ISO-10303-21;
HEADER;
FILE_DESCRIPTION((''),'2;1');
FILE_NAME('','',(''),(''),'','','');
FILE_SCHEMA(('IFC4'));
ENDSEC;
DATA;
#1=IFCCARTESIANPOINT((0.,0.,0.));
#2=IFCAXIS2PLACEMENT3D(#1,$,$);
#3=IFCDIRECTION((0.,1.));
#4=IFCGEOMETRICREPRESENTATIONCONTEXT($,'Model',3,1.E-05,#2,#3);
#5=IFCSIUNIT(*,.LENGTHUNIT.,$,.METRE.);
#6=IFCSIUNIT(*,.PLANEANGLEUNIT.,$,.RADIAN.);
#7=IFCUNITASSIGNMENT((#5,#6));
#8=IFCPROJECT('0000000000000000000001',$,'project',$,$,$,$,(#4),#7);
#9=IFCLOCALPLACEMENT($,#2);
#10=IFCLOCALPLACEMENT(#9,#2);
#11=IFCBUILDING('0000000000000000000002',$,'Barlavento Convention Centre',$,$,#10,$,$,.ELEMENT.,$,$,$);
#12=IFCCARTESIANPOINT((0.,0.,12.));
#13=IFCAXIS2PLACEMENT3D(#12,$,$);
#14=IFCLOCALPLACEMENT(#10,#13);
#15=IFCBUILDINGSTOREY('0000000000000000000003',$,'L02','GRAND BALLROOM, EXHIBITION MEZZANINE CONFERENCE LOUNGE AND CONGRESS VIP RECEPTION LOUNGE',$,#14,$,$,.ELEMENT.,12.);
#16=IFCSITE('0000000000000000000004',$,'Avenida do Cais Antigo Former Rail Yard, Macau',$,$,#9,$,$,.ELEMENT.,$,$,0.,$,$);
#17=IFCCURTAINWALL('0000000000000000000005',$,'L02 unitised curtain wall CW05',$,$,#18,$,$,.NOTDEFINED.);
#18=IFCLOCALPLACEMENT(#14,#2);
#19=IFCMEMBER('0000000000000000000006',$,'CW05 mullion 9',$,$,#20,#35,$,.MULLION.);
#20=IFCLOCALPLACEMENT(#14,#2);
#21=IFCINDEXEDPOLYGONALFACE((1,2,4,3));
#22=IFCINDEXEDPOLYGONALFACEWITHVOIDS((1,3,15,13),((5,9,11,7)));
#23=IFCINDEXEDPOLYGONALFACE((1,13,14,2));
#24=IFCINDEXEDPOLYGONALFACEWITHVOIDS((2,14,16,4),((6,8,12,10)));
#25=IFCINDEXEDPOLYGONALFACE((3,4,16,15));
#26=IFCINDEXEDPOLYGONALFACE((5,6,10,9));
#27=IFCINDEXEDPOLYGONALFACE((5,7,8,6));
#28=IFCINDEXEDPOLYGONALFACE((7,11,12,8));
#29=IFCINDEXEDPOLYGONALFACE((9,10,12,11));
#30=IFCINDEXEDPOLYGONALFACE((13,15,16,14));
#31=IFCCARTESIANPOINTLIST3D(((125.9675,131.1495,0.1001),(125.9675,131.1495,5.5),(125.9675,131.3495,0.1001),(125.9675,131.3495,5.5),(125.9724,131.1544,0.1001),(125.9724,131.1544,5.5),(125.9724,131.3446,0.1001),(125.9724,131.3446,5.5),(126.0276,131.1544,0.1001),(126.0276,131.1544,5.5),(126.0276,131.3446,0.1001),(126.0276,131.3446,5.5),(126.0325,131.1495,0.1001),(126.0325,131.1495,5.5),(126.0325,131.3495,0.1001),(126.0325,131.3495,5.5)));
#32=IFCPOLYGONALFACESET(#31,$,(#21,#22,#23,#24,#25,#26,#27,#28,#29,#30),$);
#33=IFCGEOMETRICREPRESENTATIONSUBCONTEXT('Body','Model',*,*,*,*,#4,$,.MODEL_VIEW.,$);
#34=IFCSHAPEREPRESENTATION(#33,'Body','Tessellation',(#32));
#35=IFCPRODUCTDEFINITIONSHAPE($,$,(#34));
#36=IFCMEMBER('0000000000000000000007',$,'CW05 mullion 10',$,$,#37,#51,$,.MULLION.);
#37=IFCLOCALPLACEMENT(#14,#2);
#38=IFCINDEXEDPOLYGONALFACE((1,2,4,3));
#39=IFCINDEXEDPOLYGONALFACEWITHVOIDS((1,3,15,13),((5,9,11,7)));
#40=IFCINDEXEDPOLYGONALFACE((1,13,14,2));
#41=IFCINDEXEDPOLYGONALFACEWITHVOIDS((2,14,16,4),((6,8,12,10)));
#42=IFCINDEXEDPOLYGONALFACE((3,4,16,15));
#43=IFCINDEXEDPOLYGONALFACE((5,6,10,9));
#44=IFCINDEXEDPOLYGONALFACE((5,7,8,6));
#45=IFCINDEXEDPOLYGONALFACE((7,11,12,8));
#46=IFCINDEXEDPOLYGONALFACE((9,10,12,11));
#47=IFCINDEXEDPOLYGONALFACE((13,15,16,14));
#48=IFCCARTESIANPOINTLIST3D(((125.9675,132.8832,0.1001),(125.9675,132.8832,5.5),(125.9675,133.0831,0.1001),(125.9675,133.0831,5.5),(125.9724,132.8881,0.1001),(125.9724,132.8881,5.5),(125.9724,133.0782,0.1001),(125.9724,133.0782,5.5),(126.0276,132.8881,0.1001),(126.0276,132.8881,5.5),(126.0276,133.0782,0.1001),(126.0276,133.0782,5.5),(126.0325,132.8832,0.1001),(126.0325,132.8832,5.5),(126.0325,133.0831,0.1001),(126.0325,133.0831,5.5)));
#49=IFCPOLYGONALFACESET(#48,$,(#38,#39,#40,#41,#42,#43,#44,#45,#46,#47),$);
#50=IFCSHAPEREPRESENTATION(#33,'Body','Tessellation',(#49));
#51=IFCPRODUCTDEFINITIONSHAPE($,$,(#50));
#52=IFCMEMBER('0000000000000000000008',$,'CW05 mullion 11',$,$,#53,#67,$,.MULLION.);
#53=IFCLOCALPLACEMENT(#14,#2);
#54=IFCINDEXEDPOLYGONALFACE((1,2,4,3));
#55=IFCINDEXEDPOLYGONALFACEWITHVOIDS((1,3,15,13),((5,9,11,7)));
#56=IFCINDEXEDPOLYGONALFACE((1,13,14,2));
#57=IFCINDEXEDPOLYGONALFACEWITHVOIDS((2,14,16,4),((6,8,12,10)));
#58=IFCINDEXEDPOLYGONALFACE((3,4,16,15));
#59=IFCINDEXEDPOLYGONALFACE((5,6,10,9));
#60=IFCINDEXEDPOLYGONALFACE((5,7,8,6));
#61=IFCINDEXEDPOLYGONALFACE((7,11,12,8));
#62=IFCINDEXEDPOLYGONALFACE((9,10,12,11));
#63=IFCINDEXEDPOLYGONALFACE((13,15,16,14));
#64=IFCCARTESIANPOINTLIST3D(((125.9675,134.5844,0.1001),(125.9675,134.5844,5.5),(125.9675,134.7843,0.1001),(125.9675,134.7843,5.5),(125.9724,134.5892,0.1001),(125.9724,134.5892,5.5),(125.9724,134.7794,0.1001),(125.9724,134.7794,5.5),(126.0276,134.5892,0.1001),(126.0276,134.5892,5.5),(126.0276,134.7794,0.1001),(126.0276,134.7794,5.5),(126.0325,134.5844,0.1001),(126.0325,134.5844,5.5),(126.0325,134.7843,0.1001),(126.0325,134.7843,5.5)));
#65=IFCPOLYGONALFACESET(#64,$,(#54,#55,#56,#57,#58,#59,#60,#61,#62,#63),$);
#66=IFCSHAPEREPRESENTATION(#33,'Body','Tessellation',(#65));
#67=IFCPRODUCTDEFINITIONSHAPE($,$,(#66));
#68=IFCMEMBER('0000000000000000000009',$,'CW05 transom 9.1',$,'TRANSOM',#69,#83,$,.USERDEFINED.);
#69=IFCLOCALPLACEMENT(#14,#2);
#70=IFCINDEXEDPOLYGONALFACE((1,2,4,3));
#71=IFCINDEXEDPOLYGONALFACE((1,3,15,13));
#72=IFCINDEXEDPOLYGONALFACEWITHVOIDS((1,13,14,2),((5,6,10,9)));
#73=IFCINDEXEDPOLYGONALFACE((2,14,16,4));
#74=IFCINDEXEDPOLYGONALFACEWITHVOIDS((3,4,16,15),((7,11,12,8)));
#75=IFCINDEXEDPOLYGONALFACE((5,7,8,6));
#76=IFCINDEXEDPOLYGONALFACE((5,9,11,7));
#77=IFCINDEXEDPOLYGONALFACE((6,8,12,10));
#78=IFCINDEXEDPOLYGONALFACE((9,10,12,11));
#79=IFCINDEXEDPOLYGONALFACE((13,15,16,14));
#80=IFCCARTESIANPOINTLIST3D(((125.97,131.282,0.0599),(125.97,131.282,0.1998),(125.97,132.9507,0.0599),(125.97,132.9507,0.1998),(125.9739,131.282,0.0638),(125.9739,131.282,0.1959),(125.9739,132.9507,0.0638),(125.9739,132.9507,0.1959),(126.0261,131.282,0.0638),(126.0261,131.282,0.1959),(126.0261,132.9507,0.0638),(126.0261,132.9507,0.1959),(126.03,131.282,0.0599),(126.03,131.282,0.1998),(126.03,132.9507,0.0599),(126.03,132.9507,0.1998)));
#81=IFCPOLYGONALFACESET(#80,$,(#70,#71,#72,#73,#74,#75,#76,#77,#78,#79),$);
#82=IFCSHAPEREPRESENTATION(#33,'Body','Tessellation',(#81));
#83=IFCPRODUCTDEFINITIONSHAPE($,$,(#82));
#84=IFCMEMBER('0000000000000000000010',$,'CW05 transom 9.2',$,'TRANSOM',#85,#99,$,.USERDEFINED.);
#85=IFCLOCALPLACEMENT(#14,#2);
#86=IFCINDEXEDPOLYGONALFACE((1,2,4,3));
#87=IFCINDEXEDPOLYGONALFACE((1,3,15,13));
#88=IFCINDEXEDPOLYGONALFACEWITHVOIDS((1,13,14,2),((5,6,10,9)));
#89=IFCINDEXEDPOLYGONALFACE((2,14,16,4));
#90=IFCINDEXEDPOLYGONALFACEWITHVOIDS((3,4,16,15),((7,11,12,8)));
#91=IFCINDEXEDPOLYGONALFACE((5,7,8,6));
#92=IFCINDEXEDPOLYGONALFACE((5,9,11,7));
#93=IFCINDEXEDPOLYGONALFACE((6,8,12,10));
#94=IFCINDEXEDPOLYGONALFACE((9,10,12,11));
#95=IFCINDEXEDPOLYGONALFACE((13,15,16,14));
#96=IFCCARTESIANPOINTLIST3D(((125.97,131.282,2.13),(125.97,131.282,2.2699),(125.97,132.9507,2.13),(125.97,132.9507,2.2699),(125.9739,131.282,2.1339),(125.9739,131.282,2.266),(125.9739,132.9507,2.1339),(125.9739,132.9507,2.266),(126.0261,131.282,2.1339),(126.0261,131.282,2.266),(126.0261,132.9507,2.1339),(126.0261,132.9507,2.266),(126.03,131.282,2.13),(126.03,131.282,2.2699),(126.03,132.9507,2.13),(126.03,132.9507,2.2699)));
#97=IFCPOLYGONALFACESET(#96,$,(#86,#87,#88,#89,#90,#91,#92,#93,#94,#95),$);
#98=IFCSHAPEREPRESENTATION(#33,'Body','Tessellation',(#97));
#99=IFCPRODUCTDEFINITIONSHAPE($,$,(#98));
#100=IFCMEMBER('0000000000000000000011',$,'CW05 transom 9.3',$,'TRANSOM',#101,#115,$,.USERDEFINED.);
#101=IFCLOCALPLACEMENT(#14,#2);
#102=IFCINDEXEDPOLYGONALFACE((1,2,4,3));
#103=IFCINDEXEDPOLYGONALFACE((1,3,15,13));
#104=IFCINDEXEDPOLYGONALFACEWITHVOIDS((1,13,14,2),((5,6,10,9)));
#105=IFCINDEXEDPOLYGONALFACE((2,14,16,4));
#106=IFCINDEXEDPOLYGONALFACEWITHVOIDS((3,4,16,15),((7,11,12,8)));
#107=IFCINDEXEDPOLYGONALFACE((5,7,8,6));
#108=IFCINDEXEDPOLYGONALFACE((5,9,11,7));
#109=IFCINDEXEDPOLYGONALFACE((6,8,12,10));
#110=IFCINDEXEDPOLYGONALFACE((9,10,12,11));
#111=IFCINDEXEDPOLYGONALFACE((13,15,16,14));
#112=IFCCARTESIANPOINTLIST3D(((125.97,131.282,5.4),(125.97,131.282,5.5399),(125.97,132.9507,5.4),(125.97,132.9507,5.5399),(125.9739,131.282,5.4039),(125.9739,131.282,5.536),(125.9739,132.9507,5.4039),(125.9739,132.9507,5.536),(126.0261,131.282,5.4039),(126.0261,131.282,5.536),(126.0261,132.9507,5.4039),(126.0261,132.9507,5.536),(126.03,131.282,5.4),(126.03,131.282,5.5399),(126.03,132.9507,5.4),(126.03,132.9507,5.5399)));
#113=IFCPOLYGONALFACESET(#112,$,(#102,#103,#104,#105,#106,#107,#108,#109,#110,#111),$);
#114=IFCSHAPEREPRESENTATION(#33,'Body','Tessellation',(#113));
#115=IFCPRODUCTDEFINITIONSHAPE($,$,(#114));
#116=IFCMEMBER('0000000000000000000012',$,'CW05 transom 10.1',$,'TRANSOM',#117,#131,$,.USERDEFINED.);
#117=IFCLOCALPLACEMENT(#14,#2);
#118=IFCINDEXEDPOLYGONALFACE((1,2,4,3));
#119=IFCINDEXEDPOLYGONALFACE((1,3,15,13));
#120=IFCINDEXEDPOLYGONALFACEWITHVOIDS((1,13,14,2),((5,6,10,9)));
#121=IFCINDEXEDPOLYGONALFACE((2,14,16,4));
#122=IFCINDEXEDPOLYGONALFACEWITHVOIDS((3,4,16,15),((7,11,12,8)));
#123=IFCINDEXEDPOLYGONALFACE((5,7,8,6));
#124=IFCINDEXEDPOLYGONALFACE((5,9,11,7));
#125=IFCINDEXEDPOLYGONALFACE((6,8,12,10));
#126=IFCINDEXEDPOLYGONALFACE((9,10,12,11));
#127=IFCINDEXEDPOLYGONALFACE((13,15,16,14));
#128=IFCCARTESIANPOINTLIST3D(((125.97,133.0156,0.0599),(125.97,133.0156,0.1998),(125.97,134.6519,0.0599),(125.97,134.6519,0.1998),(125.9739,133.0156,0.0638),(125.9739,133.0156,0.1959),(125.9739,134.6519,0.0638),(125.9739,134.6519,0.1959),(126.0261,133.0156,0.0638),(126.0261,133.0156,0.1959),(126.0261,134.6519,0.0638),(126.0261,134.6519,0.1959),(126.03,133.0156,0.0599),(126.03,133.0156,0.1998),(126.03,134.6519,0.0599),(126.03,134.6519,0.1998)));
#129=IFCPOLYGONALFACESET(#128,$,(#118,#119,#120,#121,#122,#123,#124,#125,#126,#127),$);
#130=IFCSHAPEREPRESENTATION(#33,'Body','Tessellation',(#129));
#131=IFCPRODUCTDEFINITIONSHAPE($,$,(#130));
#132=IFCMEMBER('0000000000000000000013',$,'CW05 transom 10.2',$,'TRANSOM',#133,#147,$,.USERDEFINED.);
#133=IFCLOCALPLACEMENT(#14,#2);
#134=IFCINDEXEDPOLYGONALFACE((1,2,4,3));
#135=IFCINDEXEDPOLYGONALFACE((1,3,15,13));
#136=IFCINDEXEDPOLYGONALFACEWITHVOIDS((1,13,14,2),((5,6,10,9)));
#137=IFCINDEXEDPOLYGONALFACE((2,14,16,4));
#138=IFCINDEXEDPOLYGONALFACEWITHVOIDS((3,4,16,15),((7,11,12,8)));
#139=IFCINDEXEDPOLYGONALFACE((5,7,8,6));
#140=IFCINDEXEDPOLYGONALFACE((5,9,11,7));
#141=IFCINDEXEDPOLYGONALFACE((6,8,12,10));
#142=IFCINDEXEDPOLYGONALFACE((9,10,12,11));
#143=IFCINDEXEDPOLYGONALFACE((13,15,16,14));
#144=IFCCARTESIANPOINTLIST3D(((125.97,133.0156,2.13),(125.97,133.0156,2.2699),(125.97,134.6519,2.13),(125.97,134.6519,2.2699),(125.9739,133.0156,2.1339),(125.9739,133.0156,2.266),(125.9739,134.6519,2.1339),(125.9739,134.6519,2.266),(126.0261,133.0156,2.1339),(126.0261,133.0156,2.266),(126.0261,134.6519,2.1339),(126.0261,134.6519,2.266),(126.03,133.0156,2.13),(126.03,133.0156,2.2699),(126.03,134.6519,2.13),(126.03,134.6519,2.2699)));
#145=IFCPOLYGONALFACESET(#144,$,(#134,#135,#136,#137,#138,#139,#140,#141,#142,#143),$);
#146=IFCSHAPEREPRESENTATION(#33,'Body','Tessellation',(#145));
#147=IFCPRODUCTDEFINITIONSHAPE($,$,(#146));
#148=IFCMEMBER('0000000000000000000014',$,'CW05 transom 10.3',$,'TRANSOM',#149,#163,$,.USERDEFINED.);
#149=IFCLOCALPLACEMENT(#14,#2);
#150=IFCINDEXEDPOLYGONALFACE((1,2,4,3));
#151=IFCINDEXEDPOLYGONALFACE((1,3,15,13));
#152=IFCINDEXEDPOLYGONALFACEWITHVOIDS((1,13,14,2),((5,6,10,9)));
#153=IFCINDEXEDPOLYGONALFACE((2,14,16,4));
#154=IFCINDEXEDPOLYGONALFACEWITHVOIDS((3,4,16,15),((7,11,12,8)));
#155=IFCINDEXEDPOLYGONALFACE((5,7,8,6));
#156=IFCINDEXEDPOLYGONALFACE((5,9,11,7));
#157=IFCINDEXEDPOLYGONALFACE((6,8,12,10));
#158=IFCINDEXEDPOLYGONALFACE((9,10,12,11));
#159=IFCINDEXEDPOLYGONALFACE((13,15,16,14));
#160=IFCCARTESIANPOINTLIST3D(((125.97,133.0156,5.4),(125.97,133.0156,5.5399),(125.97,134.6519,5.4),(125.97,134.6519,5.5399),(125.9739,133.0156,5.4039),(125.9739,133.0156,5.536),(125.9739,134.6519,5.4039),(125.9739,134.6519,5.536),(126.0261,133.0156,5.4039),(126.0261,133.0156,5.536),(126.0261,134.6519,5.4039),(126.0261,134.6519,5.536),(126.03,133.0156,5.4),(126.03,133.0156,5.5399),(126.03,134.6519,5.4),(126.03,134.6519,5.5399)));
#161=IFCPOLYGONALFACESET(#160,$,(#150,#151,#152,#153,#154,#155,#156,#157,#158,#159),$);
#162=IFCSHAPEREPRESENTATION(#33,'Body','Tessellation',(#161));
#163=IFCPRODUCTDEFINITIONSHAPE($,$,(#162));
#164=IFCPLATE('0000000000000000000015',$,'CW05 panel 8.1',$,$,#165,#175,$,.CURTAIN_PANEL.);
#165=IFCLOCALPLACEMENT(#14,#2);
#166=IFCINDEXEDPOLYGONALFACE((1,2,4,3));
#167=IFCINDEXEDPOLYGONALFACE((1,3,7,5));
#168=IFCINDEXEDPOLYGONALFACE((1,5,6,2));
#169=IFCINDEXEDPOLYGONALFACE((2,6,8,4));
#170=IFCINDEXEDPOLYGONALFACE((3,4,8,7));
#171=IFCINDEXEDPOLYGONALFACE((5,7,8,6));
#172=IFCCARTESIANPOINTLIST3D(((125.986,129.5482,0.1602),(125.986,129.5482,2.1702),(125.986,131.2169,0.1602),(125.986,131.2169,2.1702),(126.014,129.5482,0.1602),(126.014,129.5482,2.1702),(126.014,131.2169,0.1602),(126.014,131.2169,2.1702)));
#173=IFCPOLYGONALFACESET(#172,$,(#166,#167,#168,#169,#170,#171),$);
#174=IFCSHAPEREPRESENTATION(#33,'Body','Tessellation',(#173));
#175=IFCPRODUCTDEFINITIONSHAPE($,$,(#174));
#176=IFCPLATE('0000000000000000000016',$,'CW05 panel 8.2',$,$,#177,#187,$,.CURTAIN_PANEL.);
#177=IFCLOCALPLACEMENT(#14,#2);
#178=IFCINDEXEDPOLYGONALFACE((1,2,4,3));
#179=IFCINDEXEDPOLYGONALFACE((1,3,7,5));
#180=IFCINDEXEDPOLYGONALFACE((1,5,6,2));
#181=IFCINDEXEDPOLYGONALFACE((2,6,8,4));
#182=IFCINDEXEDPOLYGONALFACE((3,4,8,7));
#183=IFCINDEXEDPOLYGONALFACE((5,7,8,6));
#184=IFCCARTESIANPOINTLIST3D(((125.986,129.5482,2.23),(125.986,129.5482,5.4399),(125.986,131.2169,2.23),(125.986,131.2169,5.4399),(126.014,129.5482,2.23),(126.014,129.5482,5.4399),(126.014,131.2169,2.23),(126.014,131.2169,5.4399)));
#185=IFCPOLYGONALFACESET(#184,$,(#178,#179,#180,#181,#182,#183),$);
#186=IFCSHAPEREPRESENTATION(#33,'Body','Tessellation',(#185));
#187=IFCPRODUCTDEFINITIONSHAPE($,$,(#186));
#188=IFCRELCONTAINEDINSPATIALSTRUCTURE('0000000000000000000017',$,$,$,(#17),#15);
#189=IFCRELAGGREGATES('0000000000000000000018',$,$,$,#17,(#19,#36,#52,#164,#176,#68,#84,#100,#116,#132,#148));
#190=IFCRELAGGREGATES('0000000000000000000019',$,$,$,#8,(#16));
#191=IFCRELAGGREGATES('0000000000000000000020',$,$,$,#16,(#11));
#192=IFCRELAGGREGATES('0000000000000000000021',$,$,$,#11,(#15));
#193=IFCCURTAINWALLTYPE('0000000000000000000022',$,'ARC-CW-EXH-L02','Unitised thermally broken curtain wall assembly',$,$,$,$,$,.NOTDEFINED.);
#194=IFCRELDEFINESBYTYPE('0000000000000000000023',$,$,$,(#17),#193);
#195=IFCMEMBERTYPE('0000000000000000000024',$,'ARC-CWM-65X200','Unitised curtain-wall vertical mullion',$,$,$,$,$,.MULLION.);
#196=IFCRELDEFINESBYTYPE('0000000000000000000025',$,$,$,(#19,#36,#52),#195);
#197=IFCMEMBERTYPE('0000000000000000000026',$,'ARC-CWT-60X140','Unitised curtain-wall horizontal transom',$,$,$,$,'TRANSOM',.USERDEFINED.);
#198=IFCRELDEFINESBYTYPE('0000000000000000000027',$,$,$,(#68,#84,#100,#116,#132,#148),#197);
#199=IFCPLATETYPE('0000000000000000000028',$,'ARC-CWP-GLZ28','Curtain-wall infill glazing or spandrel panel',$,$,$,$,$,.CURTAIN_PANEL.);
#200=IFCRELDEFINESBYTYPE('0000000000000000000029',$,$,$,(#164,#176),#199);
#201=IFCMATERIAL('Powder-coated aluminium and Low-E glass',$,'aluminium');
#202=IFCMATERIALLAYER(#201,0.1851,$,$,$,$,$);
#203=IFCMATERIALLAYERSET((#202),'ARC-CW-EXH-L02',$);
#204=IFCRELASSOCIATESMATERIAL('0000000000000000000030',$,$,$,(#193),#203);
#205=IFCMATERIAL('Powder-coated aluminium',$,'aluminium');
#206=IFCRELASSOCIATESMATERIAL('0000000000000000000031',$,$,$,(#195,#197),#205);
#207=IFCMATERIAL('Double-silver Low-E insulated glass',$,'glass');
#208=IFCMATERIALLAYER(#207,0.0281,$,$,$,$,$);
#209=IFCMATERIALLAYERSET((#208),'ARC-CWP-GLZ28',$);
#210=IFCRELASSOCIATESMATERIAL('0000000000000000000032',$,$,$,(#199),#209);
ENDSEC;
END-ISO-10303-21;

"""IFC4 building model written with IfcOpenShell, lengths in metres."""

from ifc_helpers import new_model, si_unit, direction, frame, origin, origin_2d, place, context, subcontext, project, spatial, rectangle, hollow_rectangle, extrude, material, layer, layer_set, material_profile, profile_set, type_object, element, aggregate, save


model = new_model("IFC4")

# Units and contexts
model_context = context("Model", 3, precision=1e-05, world=origin(), true_north=direction((0.0, 1.0)))
body_context = subcontext(model_context, "Body", "Model", "MODEL_VIEW")
ifc_project = project(units=[si_unit("LENGTHUNIT", "METRE"), si_unit("PLANEANGLEUNIT", "RADIAN")], contexts=[model_context])

# Site, building, storey
site_placement = place(None, origin())
site = spatial("IfcSite", under=ifc_project, at=site_placement, Name="Avenida do Cais Antigo Former Rail Yard, Macau", CompositionType="ELEMENT", RefElevation=0.0)
building_placement = place(site_placement, origin())
building = spatial("IfcBuilding", under=site, at=building_placement, Name="Barlavento Convention Centre", CompositionType="ELEMENT")
storey_placement = place(building_placement, frame((0.0, 0.0, 12.0)))
storey = spatial("IfcBuildingStorey", under=building, at=storey_placement, Name="L02", Description="GRAND BALLROOM, EXHIBITION MEZZANINE CONFERENCE LOUNGE AND CONGRESS VIP RECEPTION LOUNGE", CompositionType="ELEMENT", Elevation=12.0)

# Curtain wall, members, plates
ifc_material_1 = material(Name="Powder-coated aluminium and Low-E glass", Category="aluminium")
ifc_layer_1 = layer(ifc_material_1, 0.1851)
ifc_layer_set_1 = layer_set([ifc_layer_1], Name="ARC-CW-EXH-L02")
curtain_wall_type = type_object("IfcCurtainWallType", Name="ARC-CW-EXH-L02", Description="Unitised thermally broken curtain wall assembly", PredefinedType="NOTDEFINED", material=ifc_layer_set_1)
curtain_wall_placement = place(storey_placement, origin())
curtain_wall = element("IfcCurtainWall", 1, at=curtain_wall_placement, inside=storey, type_object=curtain_wall_type, Name="L02 unitised curtain wall CW05", PredefinedType="NOTDEFINED")
ifc_material_2 = material(Name="Powder-coated aluminium", Category="aluminium")
ifc_material_profile_1 = material_profile(ifc_material_2, hollow_rectangle(XDim=0.0649, YDim=0.2, WallThickness=0.0049, at=origin_2d()), Name="AL-MULL 65x200x5")
ifc_profile_set_1 = profile_set([ifc_material_profile_1], Name="Powder-coated aluminium")
member_type_1 = type_object("IfcMemberType", Name="ARC-CWM-65X200", Description="Unitised curtain-wall vertical mullion", PredefinedType="MULLION", material=ifc_profile_set_1)
member_1_placement = place(storey_placement, frame((126.0, 131.2495, 0.1001), z_axis=(0.0, 0.0, 1.0), x_axis=(-1.0, 0.0, 0.0)))
member_1 = element("IfcMember", 2, at=member_1_placement, type_object=member_type_1, Name="CW05 mullion 9", PredefinedType="MULLION", context=body_context, shape_type="SweptSolid", body=[
    extrude(hollow_rectangle(XDim=0.0649, YDim=0.2, WallThickness=0.0049, at=origin_2d()), origin(), (0.0, 0.0, 1.0), 5.3999),
])
member_2_placement = place(storey_placement, frame((126.0, 132.9832, 0.1001), z_axis=(0.0, 0.0, 1.0), x_axis=(-1.0, 0.0, 0.0)))
member_2 = element("IfcMember", 3, at=member_2_placement, type_object=member_type_1, Name="CW05 mullion 10", PredefinedType="MULLION", context=body_context, shape_type="SweptSolid", body=[
    extrude(hollow_rectangle(XDim=0.0649, YDim=0.2, WallThickness=0.0049, at=origin_2d()), origin(), (0.0, 0.0, 1.0), 5.3999),
])
member_3_placement = place(storey_placement, frame((126.0, 134.6843, 0.1001), z_axis=(0.0, 0.0, 1.0), x_axis=(-1.0, 0.0, 0.0)))
member_3 = element("IfcMember", 4, at=member_3_placement, type_object=member_type_1, Name="CW05 mullion 11", PredefinedType="MULLION", context=body_context, shape_type="SweptSolid", body=[
    extrude(hollow_rectangle(XDim=0.0649, YDim=0.2, WallThickness=0.0049, at=origin_2d()), origin(), (0.0, 0.0, 1.0), 5.3999),
])
ifc_material_profile_2 = material_profile(ifc_material_2, hollow_rectangle(XDim=0.0601, YDim=0.1399, WallThickness=0.0039, at=origin_2d()), Name="AL-TRAN 60x140x4")
ifc_profile_set_2 = profile_set([ifc_material_profile_2], Name="Powder-coated aluminium")
member_type_2 = type_object("IfcMemberType", Name="ARC-CWT-60X140", Description="Unitised curtain-wall horizontal transom", ElementType="TRANSOM", PredefinedType="USERDEFINED", material=ifc_profile_set_2)
member_4_placement = place(storey_placement, frame((126.0, 131.282, 0.1299), z_axis=(0.0, 1.0, 0.0), x_axis=(-1.0, 0.0, 0.0)))
member_4 = element("IfcMember", 5, at=member_4_placement, type_object=member_type_2, Name="CW05 transom 9.1", ObjectType="TRANSOM", PredefinedType="USERDEFINED", context=body_context, shape_type="SweptSolid", body=[
    extrude(hollow_rectangle(XDim=0.0601, YDim=0.1399, WallThickness=0.0039, at=origin_2d()), origin(), (0.0, 0.0, 1.0), 1.6687),
])
member_5_placement = place(storey_placement, frame((126.0, 131.282, 2.2), z_axis=(0.0, 1.0, 0.0), x_axis=(-1.0, 0.0, 0.0)))
member_5 = element("IfcMember", 6, at=member_5_placement, type_object=member_type_2, Name="CW05 transom 9.2", ObjectType="TRANSOM", PredefinedType="USERDEFINED", context=body_context, shape_type="SweptSolid", body=[
    extrude(hollow_rectangle(XDim=0.0601, YDim=0.1399, WallThickness=0.0039, at=origin_2d()), origin(), (0.0, 0.0, 1.0), 1.6687),
])
member_6_placement = place(storey_placement, frame((126.0, 131.282, 5.47), z_axis=(0.0, 1.0, 0.0), x_axis=(-1.0, 0.0, 0.0)))
member_6 = element("IfcMember", 7, at=member_6_placement, type_object=member_type_2, Name="CW05 transom 9.3", ObjectType="TRANSOM", PredefinedType="USERDEFINED", context=body_context, shape_type="SweptSolid", body=[
    extrude(hollow_rectangle(XDim=0.0601, YDim=0.1399, WallThickness=0.0039, at=origin_2d()), origin(), (0.0, 0.0, 1.0), 1.6687),
])
member_7_placement = place(storey_placement, frame((126.0, 133.0156, 0.1299), z_axis=(0.0, 1.0, 0.0), x_axis=(-1.0, 0.0, 0.0)))
member_7 = element("IfcMember", 8, at=member_7_placement, type_object=member_type_2, Name="CW05 transom 10.1", ObjectType="TRANSOM", PredefinedType="USERDEFINED", context=body_context, shape_type="SweptSolid", body=[
    extrude(hollow_rectangle(XDim=0.0601, YDim=0.1399, WallThickness=0.0039, at=origin_2d()), origin(), (0.0, 0.0, 1.0), 1.6362),
])
member_8_placement = place(storey_placement, frame((126.0, 133.0156, 2.2), z_axis=(0.0, 1.0, 0.0), x_axis=(-1.0, 0.0, 0.0)))
member_8 = element("IfcMember", 9, at=member_8_placement, type_object=member_type_2, Name="CW05 transom 10.2", ObjectType="TRANSOM", PredefinedType="USERDEFINED", context=body_context, shape_type="SweptSolid", body=[
    extrude(hollow_rectangle(XDim=0.0601, YDim=0.1399, WallThickness=0.0039, at=origin_2d()), origin(), (0.0, 0.0, 1.0), 1.6362),
])
member_9_placement = place(storey_placement, frame((126.0, 133.0156, 5.47), z_axis=(0.0, 1.0, 0.0), x_axis=(-1.0, 0.0, 0.0)))
member_9 = element("IfcMember", 10, at=member_9_placement, type_object=member_type_2, Name="CW05 transom 10.3", ObjectType="TRANSOM", PredefinedType="USERDEFINED", context=body_context, shape_type="SweptSolid", body=[
    extrude(hollow_rectangle(XDim=0.0601, YDim=0.1399, WallThickness=0.0039, at=origin_2d()), origin(), (0.0, 0.0, 1.0), 1.6362),
])
ifc_material_3 = material(Name="Double-silver Low-E insulated glass", Category="glass")
ifc_layer_2 = layer(ifc_material_3, 0.0281)
ifc_layer_set_2 = layer_set([ifc_layer_2], Name="ARC-CWP-GLZ28")
plate_type_1 = type_object("IfcPlateType", Name="ARC-CWP-GLZ28", Description="Curtain-wall infill glazing or spandrel panel", PredefinedType="CURTAIN_PANEL", material=ifc_layer_set_2)
plate_1_placement = place(storey_placement, frame((126.0, 130.3826, 0.1602), z_axis=(0.0, 0.0, 1.0), x_axis=(0.0, 1.0, 0.0)))
plate_1 = element("IfcPlate", 11, at=plate_1_placement, type_object=plate_type_1, Name="CW05 panel 8.1", PredefinedType="CURTAIN_PANEL", context=body_context, shape_type="SweptSolid", body=[
    extrude(rectangle(XDim=1.6687, YDim=0.0281, at=origin_2d()), origin(), (0.0, 0.0, 1.0), 2.01),
])
plate_2_placement = place(storey_placement, frame((126.0, 130.3826, 2.23), z_axis=(0.0, 0.0, 1.0), x_axis=(0.0, 1.0, 0.0)))
plate_2 = element("IfcPlate", 12, at=plate_2_placement, type_object=plate_type_1, Name="CW05 panel 8.2", PredefinedType="CURTAIN_PANEL", context=body_context, shape_type="SweptSolid", body=[
    extrude(rectangle(XDim=1.6687, YDim=0.0281, at=origin_2d()), origin(), (0.0, 0.0, 1.0), 3.21),
])
aggregate(curtain_wall, [member_1, member_2, member_3, plate_1, plate_2, member_4, member_5, member_6, member_7, member_8, member_9])

save(model, "model.ifc")
